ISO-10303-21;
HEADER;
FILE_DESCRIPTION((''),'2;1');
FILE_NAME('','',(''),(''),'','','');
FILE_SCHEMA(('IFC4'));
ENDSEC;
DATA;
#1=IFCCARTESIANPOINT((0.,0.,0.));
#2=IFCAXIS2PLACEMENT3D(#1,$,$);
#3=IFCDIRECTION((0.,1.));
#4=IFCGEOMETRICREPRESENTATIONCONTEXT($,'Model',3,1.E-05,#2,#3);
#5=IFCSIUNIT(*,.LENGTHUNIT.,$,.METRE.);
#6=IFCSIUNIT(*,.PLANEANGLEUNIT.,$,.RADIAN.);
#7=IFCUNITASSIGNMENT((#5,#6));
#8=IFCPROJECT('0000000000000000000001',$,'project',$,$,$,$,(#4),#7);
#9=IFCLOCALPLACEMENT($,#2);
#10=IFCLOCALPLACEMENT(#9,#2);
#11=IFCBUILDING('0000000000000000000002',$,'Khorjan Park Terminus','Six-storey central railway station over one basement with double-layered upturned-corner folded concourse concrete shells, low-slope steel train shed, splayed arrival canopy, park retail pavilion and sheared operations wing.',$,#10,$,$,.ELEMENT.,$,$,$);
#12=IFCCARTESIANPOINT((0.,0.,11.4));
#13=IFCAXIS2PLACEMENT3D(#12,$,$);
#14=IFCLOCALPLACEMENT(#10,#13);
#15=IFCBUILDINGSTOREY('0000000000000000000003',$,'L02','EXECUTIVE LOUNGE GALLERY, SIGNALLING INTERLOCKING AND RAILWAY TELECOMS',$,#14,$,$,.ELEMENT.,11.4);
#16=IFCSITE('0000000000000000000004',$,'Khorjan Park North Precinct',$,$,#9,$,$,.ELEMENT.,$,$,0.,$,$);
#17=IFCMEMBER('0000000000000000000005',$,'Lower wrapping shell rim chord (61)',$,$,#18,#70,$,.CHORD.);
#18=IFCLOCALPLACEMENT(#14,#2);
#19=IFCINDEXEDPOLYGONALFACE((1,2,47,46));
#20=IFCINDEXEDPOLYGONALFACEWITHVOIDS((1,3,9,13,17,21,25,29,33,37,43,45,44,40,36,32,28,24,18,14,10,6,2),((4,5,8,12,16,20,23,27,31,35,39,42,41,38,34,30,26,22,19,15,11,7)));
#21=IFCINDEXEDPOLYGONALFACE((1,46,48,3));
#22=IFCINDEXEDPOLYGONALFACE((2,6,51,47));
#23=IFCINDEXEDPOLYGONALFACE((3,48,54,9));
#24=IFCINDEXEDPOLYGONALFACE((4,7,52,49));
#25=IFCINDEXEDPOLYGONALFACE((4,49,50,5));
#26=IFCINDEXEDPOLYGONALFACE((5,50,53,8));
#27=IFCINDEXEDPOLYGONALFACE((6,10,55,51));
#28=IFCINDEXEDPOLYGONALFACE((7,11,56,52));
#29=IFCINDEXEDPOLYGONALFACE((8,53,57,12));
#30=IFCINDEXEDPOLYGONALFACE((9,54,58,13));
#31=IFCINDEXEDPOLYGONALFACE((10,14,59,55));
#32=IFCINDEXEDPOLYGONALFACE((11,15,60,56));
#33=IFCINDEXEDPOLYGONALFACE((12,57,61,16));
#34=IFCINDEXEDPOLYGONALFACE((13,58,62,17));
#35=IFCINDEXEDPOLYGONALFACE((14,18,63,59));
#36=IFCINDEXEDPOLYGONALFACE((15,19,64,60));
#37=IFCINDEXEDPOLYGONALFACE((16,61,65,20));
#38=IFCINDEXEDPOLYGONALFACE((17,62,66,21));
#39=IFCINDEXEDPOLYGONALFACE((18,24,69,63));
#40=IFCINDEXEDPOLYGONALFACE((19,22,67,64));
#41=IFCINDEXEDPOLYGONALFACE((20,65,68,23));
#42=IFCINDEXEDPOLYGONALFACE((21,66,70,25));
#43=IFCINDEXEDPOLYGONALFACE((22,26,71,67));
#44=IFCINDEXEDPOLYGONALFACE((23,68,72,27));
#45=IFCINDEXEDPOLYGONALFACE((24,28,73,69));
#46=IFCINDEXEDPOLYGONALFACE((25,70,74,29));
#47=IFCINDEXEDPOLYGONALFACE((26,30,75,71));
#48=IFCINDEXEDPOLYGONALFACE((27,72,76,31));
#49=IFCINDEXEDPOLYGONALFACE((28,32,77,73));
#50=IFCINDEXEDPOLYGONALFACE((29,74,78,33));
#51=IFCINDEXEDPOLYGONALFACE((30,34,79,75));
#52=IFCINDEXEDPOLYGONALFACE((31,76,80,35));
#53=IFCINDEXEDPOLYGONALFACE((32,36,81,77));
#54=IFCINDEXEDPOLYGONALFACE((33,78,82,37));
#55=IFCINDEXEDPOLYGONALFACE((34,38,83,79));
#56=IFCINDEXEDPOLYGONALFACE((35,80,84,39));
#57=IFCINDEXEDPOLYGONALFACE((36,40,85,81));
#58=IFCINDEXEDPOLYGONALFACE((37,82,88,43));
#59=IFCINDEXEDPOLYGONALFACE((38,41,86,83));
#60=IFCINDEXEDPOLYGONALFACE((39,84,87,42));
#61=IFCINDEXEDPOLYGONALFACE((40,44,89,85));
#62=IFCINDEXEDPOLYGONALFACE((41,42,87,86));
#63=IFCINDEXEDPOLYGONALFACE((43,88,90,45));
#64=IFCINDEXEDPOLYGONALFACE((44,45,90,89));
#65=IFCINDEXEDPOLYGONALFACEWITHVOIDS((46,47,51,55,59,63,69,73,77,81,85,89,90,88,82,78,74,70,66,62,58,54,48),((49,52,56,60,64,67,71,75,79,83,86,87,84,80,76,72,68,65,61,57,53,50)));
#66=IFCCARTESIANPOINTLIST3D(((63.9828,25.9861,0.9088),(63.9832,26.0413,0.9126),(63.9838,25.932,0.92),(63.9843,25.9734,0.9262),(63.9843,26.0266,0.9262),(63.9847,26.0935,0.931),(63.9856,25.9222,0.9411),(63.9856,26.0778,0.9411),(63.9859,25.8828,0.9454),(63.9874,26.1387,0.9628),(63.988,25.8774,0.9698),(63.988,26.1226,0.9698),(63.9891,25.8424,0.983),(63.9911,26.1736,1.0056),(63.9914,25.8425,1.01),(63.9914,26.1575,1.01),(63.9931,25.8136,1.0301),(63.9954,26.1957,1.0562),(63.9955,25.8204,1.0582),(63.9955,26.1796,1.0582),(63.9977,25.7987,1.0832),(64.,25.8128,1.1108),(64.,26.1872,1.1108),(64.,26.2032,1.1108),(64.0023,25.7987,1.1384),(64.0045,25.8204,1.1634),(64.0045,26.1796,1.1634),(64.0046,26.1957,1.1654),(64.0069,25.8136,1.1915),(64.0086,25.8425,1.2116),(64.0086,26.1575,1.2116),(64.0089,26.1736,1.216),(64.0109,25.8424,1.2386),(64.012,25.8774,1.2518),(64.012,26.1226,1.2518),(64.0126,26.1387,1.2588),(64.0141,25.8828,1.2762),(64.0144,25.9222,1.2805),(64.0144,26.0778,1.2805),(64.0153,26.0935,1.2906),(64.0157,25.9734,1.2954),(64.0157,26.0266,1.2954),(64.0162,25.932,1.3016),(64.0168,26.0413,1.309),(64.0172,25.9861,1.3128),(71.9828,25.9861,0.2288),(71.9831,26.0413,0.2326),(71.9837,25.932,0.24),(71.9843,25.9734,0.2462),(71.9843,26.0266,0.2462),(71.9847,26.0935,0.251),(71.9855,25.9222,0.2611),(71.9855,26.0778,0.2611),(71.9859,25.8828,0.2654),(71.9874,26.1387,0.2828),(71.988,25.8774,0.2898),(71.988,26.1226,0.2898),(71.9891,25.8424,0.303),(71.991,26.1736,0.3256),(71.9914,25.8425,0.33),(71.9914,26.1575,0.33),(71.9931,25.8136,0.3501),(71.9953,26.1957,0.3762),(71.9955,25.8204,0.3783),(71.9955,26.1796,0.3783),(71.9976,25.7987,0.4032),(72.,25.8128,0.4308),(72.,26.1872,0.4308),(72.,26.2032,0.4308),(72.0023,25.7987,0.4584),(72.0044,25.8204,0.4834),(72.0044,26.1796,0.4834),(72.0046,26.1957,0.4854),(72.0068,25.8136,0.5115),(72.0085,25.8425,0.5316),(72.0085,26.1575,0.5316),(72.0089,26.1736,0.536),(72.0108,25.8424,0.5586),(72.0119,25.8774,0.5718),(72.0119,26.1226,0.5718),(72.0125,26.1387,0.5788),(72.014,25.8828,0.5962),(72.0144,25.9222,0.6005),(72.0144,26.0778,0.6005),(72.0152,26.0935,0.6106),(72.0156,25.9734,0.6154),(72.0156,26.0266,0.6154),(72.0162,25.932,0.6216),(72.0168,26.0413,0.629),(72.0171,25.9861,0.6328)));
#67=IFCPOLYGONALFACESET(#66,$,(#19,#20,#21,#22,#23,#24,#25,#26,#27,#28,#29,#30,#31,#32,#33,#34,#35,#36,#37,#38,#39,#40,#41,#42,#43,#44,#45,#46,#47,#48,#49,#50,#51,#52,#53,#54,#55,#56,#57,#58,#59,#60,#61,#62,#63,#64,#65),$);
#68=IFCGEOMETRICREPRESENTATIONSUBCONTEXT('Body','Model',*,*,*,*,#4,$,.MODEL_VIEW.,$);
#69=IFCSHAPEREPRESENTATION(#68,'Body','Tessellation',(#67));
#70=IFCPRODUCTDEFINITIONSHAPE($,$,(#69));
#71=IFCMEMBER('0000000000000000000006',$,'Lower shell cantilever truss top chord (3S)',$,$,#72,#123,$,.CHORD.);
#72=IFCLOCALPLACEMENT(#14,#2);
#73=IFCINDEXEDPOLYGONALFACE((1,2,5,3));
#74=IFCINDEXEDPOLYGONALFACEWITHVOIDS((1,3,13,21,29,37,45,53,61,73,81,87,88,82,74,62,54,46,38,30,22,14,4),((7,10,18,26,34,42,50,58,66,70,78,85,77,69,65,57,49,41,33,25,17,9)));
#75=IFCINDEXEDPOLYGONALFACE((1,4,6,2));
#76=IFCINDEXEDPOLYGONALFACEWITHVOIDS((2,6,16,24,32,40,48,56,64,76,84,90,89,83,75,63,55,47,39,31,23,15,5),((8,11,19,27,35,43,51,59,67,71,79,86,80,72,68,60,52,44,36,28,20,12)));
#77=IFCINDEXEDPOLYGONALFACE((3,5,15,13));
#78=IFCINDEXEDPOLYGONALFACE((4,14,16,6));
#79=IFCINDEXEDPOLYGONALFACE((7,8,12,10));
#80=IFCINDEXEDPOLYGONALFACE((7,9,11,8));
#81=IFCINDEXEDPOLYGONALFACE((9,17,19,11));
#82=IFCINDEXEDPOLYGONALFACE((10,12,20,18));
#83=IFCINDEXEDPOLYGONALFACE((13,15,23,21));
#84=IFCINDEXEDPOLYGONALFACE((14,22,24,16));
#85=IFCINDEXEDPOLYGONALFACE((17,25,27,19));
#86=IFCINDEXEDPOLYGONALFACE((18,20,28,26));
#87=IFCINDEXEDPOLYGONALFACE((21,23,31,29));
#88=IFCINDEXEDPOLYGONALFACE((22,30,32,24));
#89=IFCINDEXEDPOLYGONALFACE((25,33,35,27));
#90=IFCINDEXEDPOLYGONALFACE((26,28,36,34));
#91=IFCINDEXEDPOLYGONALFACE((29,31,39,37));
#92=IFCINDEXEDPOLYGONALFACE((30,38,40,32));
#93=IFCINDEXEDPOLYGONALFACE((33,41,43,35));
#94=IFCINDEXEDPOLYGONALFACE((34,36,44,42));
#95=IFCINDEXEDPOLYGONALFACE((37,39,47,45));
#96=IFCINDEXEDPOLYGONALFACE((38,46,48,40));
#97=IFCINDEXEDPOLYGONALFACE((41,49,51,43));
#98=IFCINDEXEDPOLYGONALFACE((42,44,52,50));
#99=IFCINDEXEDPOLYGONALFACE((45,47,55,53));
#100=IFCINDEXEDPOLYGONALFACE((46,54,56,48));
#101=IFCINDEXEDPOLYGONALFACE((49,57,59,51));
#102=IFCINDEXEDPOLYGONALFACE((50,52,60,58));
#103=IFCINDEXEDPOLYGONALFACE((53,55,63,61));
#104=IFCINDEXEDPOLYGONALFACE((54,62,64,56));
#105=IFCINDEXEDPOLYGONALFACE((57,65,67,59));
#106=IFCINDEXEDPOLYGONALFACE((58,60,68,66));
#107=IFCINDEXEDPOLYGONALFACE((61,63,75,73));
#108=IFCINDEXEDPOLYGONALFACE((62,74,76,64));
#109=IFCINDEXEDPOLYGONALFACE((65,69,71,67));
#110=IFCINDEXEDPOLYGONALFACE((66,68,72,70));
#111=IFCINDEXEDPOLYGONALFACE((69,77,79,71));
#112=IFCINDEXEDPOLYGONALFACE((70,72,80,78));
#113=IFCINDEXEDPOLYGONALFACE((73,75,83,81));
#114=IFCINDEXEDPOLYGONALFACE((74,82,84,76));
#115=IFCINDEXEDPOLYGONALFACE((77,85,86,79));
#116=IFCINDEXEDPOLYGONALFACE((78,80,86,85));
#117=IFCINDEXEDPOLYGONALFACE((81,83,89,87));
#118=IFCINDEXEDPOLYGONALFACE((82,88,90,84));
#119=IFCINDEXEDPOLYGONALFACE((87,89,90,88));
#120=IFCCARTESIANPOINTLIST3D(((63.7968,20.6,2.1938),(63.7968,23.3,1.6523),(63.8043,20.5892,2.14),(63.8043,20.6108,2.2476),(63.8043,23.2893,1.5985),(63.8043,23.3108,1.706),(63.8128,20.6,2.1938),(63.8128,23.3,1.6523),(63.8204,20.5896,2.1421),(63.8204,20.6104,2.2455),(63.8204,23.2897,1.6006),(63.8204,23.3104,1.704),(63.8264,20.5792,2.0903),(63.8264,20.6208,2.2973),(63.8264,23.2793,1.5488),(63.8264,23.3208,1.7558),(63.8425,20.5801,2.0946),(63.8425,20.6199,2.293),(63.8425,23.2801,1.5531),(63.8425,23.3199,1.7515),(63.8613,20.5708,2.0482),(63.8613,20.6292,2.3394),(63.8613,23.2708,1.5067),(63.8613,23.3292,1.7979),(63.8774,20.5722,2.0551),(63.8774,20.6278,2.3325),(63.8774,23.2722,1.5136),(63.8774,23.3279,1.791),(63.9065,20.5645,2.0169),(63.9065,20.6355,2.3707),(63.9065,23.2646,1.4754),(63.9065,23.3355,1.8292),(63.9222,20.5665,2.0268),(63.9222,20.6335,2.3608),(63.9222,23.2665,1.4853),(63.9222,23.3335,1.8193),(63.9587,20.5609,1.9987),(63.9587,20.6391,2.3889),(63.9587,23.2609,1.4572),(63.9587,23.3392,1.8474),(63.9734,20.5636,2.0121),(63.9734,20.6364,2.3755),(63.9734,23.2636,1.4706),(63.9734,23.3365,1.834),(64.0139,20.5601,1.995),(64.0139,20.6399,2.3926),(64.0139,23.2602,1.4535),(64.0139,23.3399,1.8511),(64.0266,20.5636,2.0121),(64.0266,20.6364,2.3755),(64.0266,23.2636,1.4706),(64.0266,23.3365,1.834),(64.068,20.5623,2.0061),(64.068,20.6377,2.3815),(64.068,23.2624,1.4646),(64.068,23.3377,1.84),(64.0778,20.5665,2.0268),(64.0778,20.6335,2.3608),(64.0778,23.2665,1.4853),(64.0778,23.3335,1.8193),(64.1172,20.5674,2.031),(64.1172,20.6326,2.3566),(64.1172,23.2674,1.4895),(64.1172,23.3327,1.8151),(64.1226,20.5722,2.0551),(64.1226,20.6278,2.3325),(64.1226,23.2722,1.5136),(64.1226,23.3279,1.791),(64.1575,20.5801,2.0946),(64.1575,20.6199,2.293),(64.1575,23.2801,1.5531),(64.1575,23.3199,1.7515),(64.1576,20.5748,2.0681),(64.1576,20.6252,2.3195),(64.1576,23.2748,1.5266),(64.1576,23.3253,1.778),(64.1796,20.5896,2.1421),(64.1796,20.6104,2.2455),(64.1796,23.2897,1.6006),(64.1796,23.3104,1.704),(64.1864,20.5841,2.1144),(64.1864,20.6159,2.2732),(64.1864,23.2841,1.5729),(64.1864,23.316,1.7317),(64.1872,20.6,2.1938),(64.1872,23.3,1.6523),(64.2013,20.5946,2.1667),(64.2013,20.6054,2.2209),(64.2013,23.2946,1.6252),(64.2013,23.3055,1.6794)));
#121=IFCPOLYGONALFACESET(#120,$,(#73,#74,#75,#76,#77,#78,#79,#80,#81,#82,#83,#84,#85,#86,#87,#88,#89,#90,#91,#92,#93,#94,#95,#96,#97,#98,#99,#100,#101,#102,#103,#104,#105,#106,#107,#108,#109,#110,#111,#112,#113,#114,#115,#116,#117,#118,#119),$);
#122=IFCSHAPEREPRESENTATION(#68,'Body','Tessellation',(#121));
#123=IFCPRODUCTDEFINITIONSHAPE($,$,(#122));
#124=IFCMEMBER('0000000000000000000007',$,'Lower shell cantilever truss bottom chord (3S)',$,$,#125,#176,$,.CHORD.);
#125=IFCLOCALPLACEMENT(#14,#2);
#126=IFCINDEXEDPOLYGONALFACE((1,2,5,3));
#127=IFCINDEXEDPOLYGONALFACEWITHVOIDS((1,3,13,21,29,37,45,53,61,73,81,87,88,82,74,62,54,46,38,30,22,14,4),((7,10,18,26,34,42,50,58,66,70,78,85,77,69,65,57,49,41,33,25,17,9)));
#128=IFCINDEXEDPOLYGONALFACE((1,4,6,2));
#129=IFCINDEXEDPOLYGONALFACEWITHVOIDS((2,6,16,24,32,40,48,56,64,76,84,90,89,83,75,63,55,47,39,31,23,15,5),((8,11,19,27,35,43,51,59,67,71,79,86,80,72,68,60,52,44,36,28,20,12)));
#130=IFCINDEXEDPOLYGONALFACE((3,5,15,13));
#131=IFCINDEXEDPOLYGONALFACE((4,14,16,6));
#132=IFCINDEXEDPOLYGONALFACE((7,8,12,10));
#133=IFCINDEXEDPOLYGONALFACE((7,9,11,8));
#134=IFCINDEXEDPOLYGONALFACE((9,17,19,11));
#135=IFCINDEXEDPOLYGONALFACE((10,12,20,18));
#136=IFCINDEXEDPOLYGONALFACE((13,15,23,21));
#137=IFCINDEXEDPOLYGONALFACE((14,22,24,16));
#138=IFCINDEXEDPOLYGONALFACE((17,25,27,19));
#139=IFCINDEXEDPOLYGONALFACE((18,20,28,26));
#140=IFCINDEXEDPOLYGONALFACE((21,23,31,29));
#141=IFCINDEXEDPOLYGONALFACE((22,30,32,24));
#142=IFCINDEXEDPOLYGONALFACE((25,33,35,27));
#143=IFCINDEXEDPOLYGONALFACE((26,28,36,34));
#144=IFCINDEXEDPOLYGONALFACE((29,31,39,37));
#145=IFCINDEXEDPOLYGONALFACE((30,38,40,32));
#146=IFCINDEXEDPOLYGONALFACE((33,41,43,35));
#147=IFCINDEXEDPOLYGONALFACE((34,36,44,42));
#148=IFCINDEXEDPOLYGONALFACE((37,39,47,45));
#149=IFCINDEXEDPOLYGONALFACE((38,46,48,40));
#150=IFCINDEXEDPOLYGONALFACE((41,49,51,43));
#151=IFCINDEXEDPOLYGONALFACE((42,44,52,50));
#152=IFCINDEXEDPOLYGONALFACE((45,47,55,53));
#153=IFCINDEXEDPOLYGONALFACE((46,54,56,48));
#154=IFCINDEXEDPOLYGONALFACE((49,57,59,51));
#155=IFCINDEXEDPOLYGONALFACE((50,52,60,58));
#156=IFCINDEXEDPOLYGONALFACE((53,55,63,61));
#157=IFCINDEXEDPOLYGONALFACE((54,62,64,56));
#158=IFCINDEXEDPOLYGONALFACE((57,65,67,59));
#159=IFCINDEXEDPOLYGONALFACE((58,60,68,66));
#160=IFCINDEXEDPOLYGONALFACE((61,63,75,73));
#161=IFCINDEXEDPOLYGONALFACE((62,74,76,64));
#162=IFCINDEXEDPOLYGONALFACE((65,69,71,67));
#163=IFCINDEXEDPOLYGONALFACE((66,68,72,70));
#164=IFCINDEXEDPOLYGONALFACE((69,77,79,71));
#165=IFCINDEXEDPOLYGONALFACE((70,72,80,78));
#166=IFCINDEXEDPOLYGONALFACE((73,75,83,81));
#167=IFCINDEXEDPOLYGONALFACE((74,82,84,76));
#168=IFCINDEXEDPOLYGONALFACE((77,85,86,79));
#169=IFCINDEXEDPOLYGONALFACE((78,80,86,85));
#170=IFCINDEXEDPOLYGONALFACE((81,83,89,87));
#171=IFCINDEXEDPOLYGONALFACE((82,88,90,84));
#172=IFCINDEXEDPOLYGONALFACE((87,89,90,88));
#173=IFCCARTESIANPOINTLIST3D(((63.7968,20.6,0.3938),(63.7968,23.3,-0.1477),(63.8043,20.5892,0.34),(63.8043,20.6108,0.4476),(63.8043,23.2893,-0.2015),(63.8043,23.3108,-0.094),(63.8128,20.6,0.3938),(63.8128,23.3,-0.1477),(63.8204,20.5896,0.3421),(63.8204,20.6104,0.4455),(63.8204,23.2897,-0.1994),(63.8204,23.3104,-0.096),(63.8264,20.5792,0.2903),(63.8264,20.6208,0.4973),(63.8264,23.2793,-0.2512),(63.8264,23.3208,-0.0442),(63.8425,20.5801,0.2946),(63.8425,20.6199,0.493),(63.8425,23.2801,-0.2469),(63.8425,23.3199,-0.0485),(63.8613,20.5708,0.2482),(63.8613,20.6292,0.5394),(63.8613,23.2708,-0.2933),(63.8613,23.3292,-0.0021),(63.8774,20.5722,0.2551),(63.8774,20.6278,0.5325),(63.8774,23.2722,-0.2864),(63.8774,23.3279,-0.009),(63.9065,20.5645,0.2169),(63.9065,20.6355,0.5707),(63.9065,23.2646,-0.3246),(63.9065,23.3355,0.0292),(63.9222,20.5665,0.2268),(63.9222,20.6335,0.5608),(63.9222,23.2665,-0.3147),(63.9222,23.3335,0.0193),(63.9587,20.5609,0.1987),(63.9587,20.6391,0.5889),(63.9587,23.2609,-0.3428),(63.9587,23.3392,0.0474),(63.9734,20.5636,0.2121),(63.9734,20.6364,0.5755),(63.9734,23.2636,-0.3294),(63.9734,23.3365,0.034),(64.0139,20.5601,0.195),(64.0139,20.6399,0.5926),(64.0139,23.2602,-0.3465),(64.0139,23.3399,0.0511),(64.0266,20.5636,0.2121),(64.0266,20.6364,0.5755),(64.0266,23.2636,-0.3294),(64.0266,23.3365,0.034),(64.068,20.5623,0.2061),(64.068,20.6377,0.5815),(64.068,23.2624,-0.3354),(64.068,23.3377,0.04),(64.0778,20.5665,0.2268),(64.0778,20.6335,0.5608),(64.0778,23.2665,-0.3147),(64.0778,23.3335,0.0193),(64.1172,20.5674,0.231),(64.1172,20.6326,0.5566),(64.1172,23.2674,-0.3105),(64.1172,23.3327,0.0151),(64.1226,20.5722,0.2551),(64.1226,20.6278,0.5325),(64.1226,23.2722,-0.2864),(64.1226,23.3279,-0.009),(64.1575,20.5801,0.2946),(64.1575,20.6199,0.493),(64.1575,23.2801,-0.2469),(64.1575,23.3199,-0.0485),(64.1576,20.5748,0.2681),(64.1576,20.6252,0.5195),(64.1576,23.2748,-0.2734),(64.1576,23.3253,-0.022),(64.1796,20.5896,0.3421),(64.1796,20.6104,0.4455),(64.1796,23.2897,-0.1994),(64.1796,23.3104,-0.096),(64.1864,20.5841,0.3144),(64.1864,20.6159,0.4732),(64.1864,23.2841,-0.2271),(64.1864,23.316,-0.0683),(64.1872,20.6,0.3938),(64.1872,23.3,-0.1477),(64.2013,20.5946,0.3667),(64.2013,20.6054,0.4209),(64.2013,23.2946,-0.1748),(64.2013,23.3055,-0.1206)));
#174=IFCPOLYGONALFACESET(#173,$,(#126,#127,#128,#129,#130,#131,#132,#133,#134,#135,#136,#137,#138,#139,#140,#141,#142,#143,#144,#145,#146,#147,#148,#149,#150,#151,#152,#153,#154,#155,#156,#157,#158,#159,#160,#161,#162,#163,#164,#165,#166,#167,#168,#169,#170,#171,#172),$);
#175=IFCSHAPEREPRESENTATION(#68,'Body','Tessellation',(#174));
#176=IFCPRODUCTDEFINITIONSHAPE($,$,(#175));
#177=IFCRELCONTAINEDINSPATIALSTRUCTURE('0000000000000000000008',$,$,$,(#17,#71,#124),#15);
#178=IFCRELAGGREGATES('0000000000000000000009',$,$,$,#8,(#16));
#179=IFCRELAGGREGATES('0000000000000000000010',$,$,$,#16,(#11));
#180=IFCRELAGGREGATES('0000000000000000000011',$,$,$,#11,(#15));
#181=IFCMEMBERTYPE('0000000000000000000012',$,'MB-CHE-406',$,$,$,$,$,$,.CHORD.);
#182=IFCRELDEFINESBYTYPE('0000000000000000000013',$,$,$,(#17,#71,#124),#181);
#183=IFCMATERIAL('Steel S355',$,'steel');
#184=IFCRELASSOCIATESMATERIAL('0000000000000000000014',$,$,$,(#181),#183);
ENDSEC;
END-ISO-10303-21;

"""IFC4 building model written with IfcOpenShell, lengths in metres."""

from ifc_helpers import new_model, si_unit, direction, frame, origin, origin_2d, place, context, subcontext, project, spatial, hollow_circle, extrude, material, material_profile, profile_set, type_object, element, save


model = new_model("IFC4")

# Units and contexts
model_context = context("Model", 3, precision=1e-05, world=origin(), true_north=direction((0.0, 1.0)))
body_context = subcontext(model_context, "Body", "Model", "MODEL_VIEW")
ifc_project = project(units=[si_unit("LENGTHUNIT", "METRE"), si_unit("PLANEANGLEUNIT", "RADIAN")], contexts=[model_context])

# Site, building, storey
site_placement = place(None, origin())
site = spatial("IfcSite", under=ifc_project, at=site_placement, Name="Khorjan Park North Precinct", CompositionType="ELEMENT", RefElevation=0.0)
building_placement = place(site_placement, origin())
building = spatial("IfcBuilding", under=site, at=building_placement, Name="Khorjan Park Terminus", Description="Six-storey central railway station over one basement with double-layered upturned-corner folded concourse concrete shells, low-slope steel train shed, splayed arrival canopy, park retail pavilion and sheared operations wing.", CompositionType="ELEMENT")
storey_placement = place(building_placement, frame((0.0, 0.0, 11.4)))
storey = spatial("IfcBuildingStorey", under=building, at=storey_placement, Name="L02", Description="EXECUTIVE LOUNGE GALLERY, SIGNALLING INTERLOCKING AND RAILWAY TELECOMS", CompositionType="ELEMENT", Elevation=11.4)

# Members
ifc_material_1 = material(Name="Steel S355", Category="steel")
ifc_material_profile_1 = material_profile(ifc_material_1, hollow_circle(Radius=0.2032, WallThickness=0.016, at=origin_2d()), Name="CHS 406.4x16")
ifc_profile_set_1 = profile_set([ifc_material_profile_1], Name="Steel S355")
member_type_1 = type_object("IfcMemberType", Name="MB-CHE-406", PredefinedType="CHORD", material=ifc_profile_set_1)
member_1_placement = place(storey_placement, frame((64.0, 26.0, 1.1108), z_axis=(0.996407, 0.0, -0.084695), x_axis=(0.0, 1.0, 0.0)))
element("IfcMember", 1, at=member_1_placement, inside=storey, type_object=member_type_1, Name="Lower wrapping shell rim chord (61)", PredefinedType="CHORD", context=body_context, shape_type="SweptSolid", body=[
    extrude(hollow_circle(Radius=0.2032, WallThickness=0.016, at=origin_2d()), origin(), (0.0, 0.0, 1.0), 8.0288),
])
for number, where, z_axis, x_axis, name in (
    (2, (64.0, 20.6, 2.1938), (0.0, 0.980476, -0.19664), (-1.0, 0.0, 0.0), "Lower shell cantilever truss top chord (3S)"),
    (3, (64.0, 20.6, 0.3938), (0.0, 0.980476, -0.19664), (-1.0, 0.0, 0.0), "Lower shell cantilever truss bottom chord (3S)"),
):
    element("IfcMember", number, at=place(storey_placement, frame(where, z_axis=z_axis, x_axis=x_axis)), inside=storey, type_object=member_type_1, Name=name, PredefinedType="CHORD", context=body_context, shape_type="SweptSolid", body=[
        extrude(hollow_circle(Radius=0.2032, WallThickness=0.016, at=origin_2d()), origin(), (0.0, 0.0, 1.0), 2.7538),
    ])

save(model, "model.ifc")
